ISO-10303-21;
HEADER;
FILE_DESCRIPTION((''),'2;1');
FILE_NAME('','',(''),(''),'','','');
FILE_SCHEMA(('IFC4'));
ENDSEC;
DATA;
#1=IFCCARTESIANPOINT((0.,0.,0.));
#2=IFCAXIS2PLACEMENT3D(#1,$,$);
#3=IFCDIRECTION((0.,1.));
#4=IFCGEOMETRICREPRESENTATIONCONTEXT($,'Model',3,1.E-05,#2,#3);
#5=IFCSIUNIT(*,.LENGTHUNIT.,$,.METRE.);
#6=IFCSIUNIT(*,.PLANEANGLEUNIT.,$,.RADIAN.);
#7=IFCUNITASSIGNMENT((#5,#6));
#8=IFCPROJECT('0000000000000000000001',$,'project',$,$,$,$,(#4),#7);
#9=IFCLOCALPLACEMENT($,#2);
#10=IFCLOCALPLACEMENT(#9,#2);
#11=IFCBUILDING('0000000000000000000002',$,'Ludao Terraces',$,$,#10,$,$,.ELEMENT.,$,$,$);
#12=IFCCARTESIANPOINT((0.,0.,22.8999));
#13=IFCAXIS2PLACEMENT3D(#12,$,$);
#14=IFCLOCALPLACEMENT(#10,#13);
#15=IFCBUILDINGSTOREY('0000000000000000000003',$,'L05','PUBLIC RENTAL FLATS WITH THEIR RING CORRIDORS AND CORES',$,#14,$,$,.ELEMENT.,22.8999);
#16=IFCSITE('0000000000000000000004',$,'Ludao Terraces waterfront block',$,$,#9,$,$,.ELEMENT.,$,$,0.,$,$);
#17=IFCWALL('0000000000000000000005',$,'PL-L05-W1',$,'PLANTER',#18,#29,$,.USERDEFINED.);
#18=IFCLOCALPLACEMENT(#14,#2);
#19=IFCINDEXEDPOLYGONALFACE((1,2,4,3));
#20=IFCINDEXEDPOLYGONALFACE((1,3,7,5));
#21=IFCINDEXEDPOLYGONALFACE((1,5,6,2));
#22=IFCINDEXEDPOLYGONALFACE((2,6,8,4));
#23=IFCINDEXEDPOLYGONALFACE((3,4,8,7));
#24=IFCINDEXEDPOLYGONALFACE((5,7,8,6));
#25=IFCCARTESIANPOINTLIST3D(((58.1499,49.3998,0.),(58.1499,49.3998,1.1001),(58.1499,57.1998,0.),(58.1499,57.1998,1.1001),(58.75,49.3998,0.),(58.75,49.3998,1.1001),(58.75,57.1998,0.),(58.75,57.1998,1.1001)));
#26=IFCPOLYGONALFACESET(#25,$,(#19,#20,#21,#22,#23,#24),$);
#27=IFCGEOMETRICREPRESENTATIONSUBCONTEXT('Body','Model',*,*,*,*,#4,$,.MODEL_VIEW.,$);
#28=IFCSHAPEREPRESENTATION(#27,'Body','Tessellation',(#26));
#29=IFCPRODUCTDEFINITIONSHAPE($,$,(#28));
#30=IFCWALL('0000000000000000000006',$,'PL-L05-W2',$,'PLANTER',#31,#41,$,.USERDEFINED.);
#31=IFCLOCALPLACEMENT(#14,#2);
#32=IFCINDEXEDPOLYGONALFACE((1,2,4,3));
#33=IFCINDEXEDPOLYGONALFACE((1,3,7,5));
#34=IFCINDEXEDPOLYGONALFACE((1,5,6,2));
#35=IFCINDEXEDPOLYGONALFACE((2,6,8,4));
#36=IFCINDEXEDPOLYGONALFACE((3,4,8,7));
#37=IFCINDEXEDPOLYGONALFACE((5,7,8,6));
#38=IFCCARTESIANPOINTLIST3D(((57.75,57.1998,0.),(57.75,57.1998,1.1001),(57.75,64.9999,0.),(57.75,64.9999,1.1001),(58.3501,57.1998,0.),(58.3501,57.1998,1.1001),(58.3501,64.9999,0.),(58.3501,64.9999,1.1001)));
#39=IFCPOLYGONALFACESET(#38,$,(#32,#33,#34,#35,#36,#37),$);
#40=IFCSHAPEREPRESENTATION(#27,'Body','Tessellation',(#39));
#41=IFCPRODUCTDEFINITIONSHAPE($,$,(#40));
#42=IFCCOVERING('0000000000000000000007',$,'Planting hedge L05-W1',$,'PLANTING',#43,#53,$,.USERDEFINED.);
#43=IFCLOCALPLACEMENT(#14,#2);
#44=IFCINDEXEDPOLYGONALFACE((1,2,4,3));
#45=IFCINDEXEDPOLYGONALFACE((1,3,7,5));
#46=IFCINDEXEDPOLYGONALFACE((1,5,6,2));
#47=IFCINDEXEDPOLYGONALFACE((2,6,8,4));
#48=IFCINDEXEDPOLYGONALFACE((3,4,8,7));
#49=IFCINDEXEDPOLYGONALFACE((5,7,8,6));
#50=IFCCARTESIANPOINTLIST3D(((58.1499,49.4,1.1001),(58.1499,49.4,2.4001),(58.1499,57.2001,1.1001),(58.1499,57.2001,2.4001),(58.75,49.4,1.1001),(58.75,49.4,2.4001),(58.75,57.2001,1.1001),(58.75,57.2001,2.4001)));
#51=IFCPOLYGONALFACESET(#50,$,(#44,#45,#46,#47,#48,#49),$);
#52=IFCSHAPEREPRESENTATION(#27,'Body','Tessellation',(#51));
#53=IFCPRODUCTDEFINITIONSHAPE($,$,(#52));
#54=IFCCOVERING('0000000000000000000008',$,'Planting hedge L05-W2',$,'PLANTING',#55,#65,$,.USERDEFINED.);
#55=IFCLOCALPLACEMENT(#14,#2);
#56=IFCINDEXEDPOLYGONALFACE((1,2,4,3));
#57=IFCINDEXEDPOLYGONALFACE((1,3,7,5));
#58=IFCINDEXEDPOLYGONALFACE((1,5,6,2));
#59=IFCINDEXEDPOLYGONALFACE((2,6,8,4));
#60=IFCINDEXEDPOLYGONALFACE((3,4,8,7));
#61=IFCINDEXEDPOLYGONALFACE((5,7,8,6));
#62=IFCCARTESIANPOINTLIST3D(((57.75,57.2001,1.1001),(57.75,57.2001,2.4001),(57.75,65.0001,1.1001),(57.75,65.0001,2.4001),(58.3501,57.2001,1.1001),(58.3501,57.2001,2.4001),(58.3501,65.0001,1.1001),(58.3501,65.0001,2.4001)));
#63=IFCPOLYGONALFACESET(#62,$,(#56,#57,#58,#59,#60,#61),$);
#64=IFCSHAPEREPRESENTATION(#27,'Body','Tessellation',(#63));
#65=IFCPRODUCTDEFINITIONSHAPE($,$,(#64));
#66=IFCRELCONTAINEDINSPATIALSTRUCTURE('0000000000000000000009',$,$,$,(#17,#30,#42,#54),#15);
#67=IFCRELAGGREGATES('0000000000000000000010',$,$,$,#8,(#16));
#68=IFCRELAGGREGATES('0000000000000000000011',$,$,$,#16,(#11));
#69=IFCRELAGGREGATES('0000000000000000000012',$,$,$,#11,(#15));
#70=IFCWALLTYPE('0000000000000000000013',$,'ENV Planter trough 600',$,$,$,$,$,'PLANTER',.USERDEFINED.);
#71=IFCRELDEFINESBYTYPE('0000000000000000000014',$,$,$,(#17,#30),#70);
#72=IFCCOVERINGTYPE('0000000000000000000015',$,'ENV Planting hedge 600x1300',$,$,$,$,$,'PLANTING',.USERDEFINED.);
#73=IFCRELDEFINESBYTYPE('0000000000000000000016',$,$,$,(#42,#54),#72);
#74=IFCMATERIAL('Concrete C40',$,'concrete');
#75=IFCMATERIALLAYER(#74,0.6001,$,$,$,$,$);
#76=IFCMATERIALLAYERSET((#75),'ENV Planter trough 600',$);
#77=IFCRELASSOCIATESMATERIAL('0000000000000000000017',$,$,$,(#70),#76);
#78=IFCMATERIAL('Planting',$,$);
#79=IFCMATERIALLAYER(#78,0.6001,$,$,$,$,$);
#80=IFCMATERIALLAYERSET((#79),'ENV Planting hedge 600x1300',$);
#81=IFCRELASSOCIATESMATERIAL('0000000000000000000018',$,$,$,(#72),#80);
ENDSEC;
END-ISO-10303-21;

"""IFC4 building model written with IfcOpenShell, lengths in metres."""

from ifc_helpers import new_model, si_unit, direction, frame, frame_2d, origin, origin_2d, place, context, subcontext, project, spatial, rectangle, extrude, material, layer, layer_set, type_object, element, save


model = new_model("IFC4")

# Units and contexts
model_context = context("Model", 3, precision=1e-05, world=origin(), true_north=direction((0.0, 1.0)))
body_context = subcontext(model_context, "Body", "Model", "MODEL_VIEW")
ifc_project = project(units=[si_unit("LENGTHUNIT", "METRE"), si_unit("PLANEANGLEUNIT", "RADIAN")], contexts=[model_context])

# Site, building, storey
site_placement = place(None, origin())
site = spatial("IfcSite", under=ifc_project, at=site_placement, Name="Ludao Terraces waterfront block", CompositionType="ELEMENT", RefElevation=0.0)
building_placement = place(site_placement, origin())
building = spatial("IfcBuilding", under=site, at=building_placement, Name="Ludao Terraces", CompositionType="ELEMENT")
storey_placement = place(building_placement, frame((0.0, 0.0, 22.8999)))
storey = spatial("IfcBuildingStorey", under=building, at=storey_placement, Name="L05", Description="PUBLIC RENTAL FLATS WITH THEIR RING CORRIDORS AND CORES", CompositionType="ELEMENT", Elevation=22.8999)

# Shared definitions
ifc_material_1 = material(Name="Concrete C40", Category="concrete")

# Walls
ifc_layer_1 = layer(ifc_material_1, 0.6001)
ifc_layer_set_1 = layer_set([ifc_layer_1], Name="ENV Planter trough 600")
wall_type = type_object("IfcWallType", Name="ENV Planter trough 600", ElementType="PLANTER", PredefinedType="USERDEFINED", material=ifc_layer_set_1)
for number, where, z_axis, x_axis, name in (
    (1, (58.45, 49.3999, 0.0), (0.0, 0.0, 1.0), (0.0, 1.0, 0.0), "PL-L05-W1"),
    (2, (58.05, 57.2, 0.0), (0.0, 0.0, 1.0), (0.0, 1.0, 0.0), "PL-L05-W2"),
):
    element("IfcWall", number, at=place(storey_placement, frame(where, z_axis=z_axis, x_axis=x_axis)), inside=storey, type_object=wall_type, Name=name, ObjectType="PLANTER", PredefinedType="USERDEFINED", context=body_context, shape_type="SweptSolid", body=[
        extrude(rectangle(XDim=7.8, YDim=0.6001, at=frame_2d((3.8999, 0.0))), origin(), (0.0, 0.0, 1.0), 1.1001),
    ])

# Coverings
ifc_material_2 = material(Name="Planting")
ifc_layer_2 = layer(ifc_material_2, 0.6001)
ifc_layer_set_2 = layer_set([ifc_layer_2], Name="ENV Planting hedge 600x1300")
covering_type = type_object("IfcCoveringType", Name="ENV Planting hedge 600x1300", ElementType="PLANTING", PredefinedType="USERDEFINED", material=ifc_layer_set_2)
for number, where, z_axis, x_axis, name in (
    (3, (58.45, 53.3, 1.1001), (0.0, 0.0, 1.0), (1.0, 0.0, 0.0), "Planting hedge L05-W1"),
    (4, (58.05, 61.1001, 1.1001), (0.0, 0.0, 1.0), (1.0, 0.0, 0.0), "Planting hedge L05-W2"),
):
    element("IfcCovering", number, at=place(storey_placement, frame(where, z_axis=z_axis, x_axis=x_axis)), inside=storey, type_object=covering_type, Name=name, ObjectType="PLANTING", PredefinedType="USERDEFINED", context=body_context, shape_type="SweptSolid", body=[
        extrude(rectangle(XDim=0.6001, YDim=7.8, at=origin_2d()), origin(), (0.0, 0.0, 1.0), 1.3),
    ])

save(model, "model.ifc")
